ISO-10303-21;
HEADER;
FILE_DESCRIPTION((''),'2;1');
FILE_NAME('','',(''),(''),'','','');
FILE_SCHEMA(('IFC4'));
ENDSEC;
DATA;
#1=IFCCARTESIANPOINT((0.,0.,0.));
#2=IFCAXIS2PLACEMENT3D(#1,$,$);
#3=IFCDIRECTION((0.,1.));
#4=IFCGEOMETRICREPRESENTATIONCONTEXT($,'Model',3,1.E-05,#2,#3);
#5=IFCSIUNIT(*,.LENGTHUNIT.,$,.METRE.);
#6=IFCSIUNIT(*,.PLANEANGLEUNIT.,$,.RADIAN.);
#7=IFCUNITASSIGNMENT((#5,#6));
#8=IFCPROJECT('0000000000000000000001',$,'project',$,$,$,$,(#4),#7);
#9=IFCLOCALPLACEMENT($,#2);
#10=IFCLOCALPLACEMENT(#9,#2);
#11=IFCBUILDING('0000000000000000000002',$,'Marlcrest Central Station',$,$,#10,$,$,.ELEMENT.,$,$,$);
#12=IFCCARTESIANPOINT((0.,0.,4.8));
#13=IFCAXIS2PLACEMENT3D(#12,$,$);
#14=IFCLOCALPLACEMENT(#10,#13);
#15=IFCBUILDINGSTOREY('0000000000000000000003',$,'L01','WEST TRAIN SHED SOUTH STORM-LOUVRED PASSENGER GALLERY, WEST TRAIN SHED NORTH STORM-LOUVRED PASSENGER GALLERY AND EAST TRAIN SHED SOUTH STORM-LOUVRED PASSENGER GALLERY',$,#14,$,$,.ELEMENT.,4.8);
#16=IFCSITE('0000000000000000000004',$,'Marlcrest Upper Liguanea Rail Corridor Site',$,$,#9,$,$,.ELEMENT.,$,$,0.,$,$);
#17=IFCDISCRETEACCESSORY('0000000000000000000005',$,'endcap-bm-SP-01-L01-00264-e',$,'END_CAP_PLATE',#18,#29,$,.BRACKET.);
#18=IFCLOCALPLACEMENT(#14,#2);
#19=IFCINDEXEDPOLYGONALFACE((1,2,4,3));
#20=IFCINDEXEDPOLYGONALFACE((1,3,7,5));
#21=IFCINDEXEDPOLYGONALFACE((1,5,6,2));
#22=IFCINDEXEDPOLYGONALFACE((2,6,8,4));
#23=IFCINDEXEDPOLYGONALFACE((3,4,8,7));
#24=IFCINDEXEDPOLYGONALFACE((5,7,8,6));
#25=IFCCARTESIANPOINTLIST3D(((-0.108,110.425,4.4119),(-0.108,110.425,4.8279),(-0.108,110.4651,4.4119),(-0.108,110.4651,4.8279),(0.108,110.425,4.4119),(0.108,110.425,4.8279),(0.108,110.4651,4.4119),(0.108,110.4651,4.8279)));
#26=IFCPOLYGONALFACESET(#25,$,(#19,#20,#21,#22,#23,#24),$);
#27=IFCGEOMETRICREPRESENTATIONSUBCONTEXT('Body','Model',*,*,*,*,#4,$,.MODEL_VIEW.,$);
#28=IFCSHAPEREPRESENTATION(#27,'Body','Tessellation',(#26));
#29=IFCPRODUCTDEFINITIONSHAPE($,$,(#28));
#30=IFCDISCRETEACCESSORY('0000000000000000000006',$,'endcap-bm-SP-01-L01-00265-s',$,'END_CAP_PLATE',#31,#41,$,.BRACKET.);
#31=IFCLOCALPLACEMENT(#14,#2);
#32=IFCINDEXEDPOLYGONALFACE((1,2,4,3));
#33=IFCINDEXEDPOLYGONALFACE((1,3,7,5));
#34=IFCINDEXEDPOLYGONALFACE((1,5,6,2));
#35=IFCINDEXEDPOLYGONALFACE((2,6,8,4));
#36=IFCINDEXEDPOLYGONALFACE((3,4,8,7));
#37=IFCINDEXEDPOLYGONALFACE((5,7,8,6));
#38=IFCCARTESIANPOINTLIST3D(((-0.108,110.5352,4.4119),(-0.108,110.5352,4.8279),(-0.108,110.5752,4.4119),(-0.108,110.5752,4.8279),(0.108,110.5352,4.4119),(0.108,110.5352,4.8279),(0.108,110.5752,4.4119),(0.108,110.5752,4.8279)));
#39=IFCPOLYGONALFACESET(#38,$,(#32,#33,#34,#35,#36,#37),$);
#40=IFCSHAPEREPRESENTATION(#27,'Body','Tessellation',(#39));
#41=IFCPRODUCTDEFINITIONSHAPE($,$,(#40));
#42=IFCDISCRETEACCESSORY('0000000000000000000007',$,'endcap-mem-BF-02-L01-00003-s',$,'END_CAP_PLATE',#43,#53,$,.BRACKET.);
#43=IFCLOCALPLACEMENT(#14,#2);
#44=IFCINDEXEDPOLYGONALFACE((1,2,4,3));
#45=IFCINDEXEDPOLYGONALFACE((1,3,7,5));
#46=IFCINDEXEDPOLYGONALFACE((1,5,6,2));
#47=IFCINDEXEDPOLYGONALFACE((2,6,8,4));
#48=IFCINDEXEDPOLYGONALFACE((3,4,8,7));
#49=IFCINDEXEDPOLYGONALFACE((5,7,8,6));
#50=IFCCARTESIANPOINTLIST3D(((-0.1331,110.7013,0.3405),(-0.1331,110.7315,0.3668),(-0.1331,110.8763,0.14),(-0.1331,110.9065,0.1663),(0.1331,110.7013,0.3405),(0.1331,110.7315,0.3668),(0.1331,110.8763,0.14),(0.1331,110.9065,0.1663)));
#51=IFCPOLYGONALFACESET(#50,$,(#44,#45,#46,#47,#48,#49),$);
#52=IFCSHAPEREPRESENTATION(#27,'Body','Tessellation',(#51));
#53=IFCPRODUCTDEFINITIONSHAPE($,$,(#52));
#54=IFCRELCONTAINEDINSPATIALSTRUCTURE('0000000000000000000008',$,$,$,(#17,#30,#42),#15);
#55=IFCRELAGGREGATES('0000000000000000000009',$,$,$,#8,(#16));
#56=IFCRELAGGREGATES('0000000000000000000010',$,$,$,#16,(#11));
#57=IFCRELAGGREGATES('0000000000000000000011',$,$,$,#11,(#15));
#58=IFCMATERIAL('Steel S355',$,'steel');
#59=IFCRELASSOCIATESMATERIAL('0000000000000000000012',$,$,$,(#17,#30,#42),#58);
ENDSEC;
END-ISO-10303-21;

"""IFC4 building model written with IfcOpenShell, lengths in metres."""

from ifc_helpers import new_model, si_unit, direction, frame, origin, origin_2d, place, context, subcontext, project, spatial, rectangle, extrude, material, element, save


model = new_model("IFC4")

# Units and contexts
model_context = context("Model", 3, precision=1e-05, world=origin(), true_north=direction((0.0, 1.0)))
body_context = subcontext(model_context, "Body", "Model", "MODEL_VIEW")
ifc_project = project(units=[si_unit("LENGTHUNIT", "METRE"), si_unit("PLANEANGLEUNIT", "RADIAN")], contexts=[model_context])

# Site, building, storey
site_placement = place(None, origin())
site = spatial("IfcSite", under=ifc_project, at=site_placement, Name="Marlcrest Upper Liguanea Rail Corridor Site", CompositionType="ELEMENT", RefElevation=0.0)
building_placement = place(site_placement, origin())
building = spatial("IfcBuilding", under=site, at=building_placement, Name="Marlcrest Central Station", CompositionType="ELEMENT")
storey_placement = place(building_placement, frame((0.0, 0.0, 4.8)))
storey = spatial("IfcBuildingStorey", under=building, at=storey_placement, Name="L01", Description="WEST TRAIN SHED SOUTH STORM-LOUVRED PASSENGER GALLERY, WEST TRAIN SHED NORTH STORM-LOUVRED PASSENGER GALLERY AND EAST TRAIN SHED SOUTH STORM-LOUVRED PASSENGER GALLERY", CompositionType="ELEMENT", Elevation=4.8)

# Shared definitions
ifc_material_1 = material(Name="Steel S355", Category="steel")

# Discrete accessories
for number, where, z_axis, x_axis, name in (
    (1, (0.0, 110.425, 4.6199), (0.0, 1.0, 0.0), (-1.0, 0.0, 0.0), "endcap-bm-SP-01-L01-00264-e"),
    (2, (0.0, 110.5352, 4.6199), (0.0, 1.0, 0.0), (-1.0, 0.0, 0.0), "endcap-bm-SP-01-L01-00265-s"),
):
    element("IfcDiscreteAccessory", number, at=place(storey_placement, frame(where, z_axis=z_axis, x_axis=x_axis)), inside=storey, material=ifc_material_1, Name=name, ObjectType="END_CAP_PLATE", PredefinedType="BRACKET", context=body_context, shape_type="SweptSolid", body=[
        extrude(rectangle(XDim=0.2161, YDim=0.416, at=origin_2d()), origin(), (0.0, 0.0, 1.0), 0.04),
    ])
discrete_accessory_placement = place(storey_placement, frame((0.0, 110.7888, 0.2402), z_axis=(0.0, 0.753416, 0.657544), x_axis=(-1.0, 0.0, 0.0)))
element("IfcDiscreteAccessory", 3, at=discrete_accessory_placement, inside=storey, material=ifc_material_1, Name="endcap-mem-BF-02-L01-00003-s", ObjectType="END_CAP_PLATE", PredefinedType="BRACKET", context=body_context, shape_type="SweptSolid", body=[
    extrude(rectangle(XDim=0.2661, YDim=0.2661, at=origin_2d()), origin(), (0.0, 0.0, 1.0), 0.04),
])

save(model, "model.ifc")
